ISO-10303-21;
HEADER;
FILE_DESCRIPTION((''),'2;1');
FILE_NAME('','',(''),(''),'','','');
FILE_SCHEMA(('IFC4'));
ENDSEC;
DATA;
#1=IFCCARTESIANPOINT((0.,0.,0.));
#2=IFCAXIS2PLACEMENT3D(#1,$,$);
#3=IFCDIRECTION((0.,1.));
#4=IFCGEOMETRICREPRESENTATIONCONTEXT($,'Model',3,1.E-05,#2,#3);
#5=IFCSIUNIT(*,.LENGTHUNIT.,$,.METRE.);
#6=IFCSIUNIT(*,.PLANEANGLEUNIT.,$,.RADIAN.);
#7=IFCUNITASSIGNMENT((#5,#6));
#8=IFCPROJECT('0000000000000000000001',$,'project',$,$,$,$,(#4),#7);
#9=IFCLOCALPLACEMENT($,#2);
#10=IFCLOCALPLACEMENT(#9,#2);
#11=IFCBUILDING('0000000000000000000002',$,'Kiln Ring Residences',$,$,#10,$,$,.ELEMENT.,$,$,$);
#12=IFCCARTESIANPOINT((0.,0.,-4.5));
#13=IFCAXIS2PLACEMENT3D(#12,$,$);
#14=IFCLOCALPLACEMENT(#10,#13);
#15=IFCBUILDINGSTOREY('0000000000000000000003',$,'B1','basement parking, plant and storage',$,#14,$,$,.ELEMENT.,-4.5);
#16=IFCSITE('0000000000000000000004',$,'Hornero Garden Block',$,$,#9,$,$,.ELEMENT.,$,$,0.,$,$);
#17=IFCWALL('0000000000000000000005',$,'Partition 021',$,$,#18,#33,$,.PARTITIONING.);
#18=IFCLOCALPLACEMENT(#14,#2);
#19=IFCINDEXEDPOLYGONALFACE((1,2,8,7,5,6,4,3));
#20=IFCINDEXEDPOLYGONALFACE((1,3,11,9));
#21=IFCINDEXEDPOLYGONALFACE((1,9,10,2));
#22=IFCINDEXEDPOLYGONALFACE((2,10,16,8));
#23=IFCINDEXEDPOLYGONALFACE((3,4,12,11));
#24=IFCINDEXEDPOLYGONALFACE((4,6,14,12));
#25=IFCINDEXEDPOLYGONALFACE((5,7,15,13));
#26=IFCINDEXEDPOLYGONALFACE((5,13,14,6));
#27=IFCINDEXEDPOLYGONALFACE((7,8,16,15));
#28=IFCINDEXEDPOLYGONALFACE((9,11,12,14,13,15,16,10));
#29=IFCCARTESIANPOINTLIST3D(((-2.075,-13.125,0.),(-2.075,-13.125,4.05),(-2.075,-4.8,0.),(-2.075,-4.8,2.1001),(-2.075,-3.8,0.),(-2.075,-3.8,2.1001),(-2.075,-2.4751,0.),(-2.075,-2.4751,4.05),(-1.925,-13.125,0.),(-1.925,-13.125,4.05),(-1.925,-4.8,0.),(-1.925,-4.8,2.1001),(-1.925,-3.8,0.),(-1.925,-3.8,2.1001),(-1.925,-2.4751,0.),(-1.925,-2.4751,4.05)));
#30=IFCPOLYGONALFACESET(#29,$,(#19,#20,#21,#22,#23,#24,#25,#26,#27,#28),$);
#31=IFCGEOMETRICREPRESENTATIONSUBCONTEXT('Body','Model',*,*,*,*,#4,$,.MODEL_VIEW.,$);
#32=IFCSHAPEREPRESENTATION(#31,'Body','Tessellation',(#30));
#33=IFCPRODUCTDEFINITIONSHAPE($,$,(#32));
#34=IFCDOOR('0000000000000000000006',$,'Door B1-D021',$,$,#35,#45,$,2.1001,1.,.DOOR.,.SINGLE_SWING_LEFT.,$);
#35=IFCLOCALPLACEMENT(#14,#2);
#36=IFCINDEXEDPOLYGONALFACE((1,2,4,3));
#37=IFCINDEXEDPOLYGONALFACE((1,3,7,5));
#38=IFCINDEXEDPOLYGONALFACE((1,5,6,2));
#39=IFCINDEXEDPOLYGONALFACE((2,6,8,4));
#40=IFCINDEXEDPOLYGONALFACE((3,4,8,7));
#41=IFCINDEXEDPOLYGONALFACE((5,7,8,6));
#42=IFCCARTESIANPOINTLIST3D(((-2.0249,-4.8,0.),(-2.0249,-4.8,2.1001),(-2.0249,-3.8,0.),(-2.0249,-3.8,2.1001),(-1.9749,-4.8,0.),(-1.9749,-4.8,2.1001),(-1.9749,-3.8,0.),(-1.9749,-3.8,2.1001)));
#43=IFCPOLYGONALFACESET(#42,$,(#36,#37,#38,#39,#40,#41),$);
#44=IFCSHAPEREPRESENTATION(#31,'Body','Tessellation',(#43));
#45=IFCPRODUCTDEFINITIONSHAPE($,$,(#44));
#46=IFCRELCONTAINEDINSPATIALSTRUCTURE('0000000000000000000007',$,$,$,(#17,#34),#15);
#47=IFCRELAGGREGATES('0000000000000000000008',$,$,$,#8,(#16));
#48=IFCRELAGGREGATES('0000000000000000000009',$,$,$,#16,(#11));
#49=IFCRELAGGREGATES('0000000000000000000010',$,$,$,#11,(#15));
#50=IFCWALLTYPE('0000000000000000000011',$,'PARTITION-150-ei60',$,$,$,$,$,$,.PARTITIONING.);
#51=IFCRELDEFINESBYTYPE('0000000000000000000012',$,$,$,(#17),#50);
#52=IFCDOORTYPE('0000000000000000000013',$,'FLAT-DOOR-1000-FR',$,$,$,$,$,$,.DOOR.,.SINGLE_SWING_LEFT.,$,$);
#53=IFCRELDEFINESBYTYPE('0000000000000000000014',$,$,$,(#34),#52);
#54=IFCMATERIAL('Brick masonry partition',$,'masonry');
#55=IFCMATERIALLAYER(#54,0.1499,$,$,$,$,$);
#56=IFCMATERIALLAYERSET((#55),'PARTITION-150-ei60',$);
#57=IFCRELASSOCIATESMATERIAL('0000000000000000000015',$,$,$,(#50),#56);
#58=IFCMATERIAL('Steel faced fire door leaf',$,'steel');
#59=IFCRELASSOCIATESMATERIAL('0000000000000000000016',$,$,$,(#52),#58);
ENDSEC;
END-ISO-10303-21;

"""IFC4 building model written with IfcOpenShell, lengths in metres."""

from ifc_helpers import new_model, si_unit, direction, frame, frame_2d, origin, place, context, subcontext, project, spatial, rectangle, extrude, material, layer, layer_set, type_object, element, fill, save


model = new_model("IFC4")

# Units and contexts
model_context = context("Model", 3, precision=1e-05, world=origin(), true_north=direction((0.0, 1.0)))
body_context = subcontext(model_context, "Body", "Model", "MODEL_VIEW")
ifc_project = project(units=[si_unit("LENGTHUNIT", "METRE"), si_unit("PLANEANGLEUNIT", "RADIAN")], contexts=[model_context])

# Site, building, storey
site_placement = place(None, origin())
site = spatial("IfcSite", under=ifc_project, at=site_placement, Name="Hornero Garden Block", CompositionType="ELEMENT", RefElevation=0.0)
building_placement = place(site_placement, origin())
building = spatial("IfcBuilding", under=site, at=building_placement, Name="Kiln Ring Residences", CompositionType="ELEMENT")
storey_placement = place(building_placement, frame((0.0, 0.0, -4.5)))
storey = spatial("IfcBuildingStorey", under=building, at=storey_placement, Name="B1", Description="basement parking, plant and storage", CompositionType="ELEMENT", Elevation=-4.5)

# Wall, opening, door
ifc_material_1 = material(Name="Brick masonry partition", Category="masonry")
ifc_layer_1 = layer(ifc_material_1, 0.1499)
ifc_layer_set_1 = layer_set([ifc_layer_1], Name="PARTITION-150-ei60")
wall_type_1 = type_object("IfcWallType", Name="PARTITION-150-ei60", PredefinedType="PARTITIONING", material=ifc_layer_set_1)
wall_1_placement = place(storey_placement, frame((-2.0, -13.125, 0.0), z_axis=(0.0, 0.0, 1.0), x_axis=(0.0, 1.0, 0.0)))
wall_1 = element("IfcWall", 1, at=wall_1_placement, inside=storey, type_object=wall_type_1, Name="Partition 021", PredefinedType="PARTITIONING", context=body_context, shape_type="SweptSolid", body=[
    extrude(rectangle(XDim=10.6499, YDim=0.1499, at=frame_2d((5.325, 0.0))), origin(), (0.0, 0.0, 1.0), 4.05),
])
opening_placement = place(wall_1_placement, frame((8.325, 0.0, 0.0)))
opening = element("IfcOpeningElement", 2, at=opening_placement, cuts=wall_1, PredefinedType="OPENING", context=body_context, shape_type="SweptSolid", body=[
    extrude(rectangle(XDim=1.0, YDim=2.1001, at=frame_2d((0.5, 1.05))), frame((0.0, 0.085, 0.0), z_axis=(0.0, -1.0, 0.0), x_axis=(1.0, 0.0, 0.0)), (0.0, 0.0, 1.0), 0.1699),
])
ifc_material_2 = material(Name="Steel faced fire door leaf", Category="steel")
door_type = type_object("IfcDoorType", Name="FLAT-DOOR-1000-FR", OperationType="SINGLE_SWING_LEFT", PredefinedType="DOOR", material=ifc_material_2)
door_placement = place(opening_placement, origin())
door = element("IfcDoor", 3, at=door_placement, inside=storey, type_object=door_type, Name="Door B1-D021", OperationType="SINGLE_SWING_LEFT", OverallHeight=2.1001, OverallWidth=1.0, PredefinedType="DOOR", context=body_context, shape_type="SweptSolid", body=[
    extrude(rectangle(XDim=1.0, YDim=2.1001, at=frame_2d((0.5, 1.05))), frame((0.0, 0.0249, 0.0), z_axis=(0.0, -1.0, 0.0), x_axis=(1.0, 0.0, 0.0)), (0.0, 0.0, 1.0), 0.05),
])
fill(opening, door)

save(model, "model.ifc")
